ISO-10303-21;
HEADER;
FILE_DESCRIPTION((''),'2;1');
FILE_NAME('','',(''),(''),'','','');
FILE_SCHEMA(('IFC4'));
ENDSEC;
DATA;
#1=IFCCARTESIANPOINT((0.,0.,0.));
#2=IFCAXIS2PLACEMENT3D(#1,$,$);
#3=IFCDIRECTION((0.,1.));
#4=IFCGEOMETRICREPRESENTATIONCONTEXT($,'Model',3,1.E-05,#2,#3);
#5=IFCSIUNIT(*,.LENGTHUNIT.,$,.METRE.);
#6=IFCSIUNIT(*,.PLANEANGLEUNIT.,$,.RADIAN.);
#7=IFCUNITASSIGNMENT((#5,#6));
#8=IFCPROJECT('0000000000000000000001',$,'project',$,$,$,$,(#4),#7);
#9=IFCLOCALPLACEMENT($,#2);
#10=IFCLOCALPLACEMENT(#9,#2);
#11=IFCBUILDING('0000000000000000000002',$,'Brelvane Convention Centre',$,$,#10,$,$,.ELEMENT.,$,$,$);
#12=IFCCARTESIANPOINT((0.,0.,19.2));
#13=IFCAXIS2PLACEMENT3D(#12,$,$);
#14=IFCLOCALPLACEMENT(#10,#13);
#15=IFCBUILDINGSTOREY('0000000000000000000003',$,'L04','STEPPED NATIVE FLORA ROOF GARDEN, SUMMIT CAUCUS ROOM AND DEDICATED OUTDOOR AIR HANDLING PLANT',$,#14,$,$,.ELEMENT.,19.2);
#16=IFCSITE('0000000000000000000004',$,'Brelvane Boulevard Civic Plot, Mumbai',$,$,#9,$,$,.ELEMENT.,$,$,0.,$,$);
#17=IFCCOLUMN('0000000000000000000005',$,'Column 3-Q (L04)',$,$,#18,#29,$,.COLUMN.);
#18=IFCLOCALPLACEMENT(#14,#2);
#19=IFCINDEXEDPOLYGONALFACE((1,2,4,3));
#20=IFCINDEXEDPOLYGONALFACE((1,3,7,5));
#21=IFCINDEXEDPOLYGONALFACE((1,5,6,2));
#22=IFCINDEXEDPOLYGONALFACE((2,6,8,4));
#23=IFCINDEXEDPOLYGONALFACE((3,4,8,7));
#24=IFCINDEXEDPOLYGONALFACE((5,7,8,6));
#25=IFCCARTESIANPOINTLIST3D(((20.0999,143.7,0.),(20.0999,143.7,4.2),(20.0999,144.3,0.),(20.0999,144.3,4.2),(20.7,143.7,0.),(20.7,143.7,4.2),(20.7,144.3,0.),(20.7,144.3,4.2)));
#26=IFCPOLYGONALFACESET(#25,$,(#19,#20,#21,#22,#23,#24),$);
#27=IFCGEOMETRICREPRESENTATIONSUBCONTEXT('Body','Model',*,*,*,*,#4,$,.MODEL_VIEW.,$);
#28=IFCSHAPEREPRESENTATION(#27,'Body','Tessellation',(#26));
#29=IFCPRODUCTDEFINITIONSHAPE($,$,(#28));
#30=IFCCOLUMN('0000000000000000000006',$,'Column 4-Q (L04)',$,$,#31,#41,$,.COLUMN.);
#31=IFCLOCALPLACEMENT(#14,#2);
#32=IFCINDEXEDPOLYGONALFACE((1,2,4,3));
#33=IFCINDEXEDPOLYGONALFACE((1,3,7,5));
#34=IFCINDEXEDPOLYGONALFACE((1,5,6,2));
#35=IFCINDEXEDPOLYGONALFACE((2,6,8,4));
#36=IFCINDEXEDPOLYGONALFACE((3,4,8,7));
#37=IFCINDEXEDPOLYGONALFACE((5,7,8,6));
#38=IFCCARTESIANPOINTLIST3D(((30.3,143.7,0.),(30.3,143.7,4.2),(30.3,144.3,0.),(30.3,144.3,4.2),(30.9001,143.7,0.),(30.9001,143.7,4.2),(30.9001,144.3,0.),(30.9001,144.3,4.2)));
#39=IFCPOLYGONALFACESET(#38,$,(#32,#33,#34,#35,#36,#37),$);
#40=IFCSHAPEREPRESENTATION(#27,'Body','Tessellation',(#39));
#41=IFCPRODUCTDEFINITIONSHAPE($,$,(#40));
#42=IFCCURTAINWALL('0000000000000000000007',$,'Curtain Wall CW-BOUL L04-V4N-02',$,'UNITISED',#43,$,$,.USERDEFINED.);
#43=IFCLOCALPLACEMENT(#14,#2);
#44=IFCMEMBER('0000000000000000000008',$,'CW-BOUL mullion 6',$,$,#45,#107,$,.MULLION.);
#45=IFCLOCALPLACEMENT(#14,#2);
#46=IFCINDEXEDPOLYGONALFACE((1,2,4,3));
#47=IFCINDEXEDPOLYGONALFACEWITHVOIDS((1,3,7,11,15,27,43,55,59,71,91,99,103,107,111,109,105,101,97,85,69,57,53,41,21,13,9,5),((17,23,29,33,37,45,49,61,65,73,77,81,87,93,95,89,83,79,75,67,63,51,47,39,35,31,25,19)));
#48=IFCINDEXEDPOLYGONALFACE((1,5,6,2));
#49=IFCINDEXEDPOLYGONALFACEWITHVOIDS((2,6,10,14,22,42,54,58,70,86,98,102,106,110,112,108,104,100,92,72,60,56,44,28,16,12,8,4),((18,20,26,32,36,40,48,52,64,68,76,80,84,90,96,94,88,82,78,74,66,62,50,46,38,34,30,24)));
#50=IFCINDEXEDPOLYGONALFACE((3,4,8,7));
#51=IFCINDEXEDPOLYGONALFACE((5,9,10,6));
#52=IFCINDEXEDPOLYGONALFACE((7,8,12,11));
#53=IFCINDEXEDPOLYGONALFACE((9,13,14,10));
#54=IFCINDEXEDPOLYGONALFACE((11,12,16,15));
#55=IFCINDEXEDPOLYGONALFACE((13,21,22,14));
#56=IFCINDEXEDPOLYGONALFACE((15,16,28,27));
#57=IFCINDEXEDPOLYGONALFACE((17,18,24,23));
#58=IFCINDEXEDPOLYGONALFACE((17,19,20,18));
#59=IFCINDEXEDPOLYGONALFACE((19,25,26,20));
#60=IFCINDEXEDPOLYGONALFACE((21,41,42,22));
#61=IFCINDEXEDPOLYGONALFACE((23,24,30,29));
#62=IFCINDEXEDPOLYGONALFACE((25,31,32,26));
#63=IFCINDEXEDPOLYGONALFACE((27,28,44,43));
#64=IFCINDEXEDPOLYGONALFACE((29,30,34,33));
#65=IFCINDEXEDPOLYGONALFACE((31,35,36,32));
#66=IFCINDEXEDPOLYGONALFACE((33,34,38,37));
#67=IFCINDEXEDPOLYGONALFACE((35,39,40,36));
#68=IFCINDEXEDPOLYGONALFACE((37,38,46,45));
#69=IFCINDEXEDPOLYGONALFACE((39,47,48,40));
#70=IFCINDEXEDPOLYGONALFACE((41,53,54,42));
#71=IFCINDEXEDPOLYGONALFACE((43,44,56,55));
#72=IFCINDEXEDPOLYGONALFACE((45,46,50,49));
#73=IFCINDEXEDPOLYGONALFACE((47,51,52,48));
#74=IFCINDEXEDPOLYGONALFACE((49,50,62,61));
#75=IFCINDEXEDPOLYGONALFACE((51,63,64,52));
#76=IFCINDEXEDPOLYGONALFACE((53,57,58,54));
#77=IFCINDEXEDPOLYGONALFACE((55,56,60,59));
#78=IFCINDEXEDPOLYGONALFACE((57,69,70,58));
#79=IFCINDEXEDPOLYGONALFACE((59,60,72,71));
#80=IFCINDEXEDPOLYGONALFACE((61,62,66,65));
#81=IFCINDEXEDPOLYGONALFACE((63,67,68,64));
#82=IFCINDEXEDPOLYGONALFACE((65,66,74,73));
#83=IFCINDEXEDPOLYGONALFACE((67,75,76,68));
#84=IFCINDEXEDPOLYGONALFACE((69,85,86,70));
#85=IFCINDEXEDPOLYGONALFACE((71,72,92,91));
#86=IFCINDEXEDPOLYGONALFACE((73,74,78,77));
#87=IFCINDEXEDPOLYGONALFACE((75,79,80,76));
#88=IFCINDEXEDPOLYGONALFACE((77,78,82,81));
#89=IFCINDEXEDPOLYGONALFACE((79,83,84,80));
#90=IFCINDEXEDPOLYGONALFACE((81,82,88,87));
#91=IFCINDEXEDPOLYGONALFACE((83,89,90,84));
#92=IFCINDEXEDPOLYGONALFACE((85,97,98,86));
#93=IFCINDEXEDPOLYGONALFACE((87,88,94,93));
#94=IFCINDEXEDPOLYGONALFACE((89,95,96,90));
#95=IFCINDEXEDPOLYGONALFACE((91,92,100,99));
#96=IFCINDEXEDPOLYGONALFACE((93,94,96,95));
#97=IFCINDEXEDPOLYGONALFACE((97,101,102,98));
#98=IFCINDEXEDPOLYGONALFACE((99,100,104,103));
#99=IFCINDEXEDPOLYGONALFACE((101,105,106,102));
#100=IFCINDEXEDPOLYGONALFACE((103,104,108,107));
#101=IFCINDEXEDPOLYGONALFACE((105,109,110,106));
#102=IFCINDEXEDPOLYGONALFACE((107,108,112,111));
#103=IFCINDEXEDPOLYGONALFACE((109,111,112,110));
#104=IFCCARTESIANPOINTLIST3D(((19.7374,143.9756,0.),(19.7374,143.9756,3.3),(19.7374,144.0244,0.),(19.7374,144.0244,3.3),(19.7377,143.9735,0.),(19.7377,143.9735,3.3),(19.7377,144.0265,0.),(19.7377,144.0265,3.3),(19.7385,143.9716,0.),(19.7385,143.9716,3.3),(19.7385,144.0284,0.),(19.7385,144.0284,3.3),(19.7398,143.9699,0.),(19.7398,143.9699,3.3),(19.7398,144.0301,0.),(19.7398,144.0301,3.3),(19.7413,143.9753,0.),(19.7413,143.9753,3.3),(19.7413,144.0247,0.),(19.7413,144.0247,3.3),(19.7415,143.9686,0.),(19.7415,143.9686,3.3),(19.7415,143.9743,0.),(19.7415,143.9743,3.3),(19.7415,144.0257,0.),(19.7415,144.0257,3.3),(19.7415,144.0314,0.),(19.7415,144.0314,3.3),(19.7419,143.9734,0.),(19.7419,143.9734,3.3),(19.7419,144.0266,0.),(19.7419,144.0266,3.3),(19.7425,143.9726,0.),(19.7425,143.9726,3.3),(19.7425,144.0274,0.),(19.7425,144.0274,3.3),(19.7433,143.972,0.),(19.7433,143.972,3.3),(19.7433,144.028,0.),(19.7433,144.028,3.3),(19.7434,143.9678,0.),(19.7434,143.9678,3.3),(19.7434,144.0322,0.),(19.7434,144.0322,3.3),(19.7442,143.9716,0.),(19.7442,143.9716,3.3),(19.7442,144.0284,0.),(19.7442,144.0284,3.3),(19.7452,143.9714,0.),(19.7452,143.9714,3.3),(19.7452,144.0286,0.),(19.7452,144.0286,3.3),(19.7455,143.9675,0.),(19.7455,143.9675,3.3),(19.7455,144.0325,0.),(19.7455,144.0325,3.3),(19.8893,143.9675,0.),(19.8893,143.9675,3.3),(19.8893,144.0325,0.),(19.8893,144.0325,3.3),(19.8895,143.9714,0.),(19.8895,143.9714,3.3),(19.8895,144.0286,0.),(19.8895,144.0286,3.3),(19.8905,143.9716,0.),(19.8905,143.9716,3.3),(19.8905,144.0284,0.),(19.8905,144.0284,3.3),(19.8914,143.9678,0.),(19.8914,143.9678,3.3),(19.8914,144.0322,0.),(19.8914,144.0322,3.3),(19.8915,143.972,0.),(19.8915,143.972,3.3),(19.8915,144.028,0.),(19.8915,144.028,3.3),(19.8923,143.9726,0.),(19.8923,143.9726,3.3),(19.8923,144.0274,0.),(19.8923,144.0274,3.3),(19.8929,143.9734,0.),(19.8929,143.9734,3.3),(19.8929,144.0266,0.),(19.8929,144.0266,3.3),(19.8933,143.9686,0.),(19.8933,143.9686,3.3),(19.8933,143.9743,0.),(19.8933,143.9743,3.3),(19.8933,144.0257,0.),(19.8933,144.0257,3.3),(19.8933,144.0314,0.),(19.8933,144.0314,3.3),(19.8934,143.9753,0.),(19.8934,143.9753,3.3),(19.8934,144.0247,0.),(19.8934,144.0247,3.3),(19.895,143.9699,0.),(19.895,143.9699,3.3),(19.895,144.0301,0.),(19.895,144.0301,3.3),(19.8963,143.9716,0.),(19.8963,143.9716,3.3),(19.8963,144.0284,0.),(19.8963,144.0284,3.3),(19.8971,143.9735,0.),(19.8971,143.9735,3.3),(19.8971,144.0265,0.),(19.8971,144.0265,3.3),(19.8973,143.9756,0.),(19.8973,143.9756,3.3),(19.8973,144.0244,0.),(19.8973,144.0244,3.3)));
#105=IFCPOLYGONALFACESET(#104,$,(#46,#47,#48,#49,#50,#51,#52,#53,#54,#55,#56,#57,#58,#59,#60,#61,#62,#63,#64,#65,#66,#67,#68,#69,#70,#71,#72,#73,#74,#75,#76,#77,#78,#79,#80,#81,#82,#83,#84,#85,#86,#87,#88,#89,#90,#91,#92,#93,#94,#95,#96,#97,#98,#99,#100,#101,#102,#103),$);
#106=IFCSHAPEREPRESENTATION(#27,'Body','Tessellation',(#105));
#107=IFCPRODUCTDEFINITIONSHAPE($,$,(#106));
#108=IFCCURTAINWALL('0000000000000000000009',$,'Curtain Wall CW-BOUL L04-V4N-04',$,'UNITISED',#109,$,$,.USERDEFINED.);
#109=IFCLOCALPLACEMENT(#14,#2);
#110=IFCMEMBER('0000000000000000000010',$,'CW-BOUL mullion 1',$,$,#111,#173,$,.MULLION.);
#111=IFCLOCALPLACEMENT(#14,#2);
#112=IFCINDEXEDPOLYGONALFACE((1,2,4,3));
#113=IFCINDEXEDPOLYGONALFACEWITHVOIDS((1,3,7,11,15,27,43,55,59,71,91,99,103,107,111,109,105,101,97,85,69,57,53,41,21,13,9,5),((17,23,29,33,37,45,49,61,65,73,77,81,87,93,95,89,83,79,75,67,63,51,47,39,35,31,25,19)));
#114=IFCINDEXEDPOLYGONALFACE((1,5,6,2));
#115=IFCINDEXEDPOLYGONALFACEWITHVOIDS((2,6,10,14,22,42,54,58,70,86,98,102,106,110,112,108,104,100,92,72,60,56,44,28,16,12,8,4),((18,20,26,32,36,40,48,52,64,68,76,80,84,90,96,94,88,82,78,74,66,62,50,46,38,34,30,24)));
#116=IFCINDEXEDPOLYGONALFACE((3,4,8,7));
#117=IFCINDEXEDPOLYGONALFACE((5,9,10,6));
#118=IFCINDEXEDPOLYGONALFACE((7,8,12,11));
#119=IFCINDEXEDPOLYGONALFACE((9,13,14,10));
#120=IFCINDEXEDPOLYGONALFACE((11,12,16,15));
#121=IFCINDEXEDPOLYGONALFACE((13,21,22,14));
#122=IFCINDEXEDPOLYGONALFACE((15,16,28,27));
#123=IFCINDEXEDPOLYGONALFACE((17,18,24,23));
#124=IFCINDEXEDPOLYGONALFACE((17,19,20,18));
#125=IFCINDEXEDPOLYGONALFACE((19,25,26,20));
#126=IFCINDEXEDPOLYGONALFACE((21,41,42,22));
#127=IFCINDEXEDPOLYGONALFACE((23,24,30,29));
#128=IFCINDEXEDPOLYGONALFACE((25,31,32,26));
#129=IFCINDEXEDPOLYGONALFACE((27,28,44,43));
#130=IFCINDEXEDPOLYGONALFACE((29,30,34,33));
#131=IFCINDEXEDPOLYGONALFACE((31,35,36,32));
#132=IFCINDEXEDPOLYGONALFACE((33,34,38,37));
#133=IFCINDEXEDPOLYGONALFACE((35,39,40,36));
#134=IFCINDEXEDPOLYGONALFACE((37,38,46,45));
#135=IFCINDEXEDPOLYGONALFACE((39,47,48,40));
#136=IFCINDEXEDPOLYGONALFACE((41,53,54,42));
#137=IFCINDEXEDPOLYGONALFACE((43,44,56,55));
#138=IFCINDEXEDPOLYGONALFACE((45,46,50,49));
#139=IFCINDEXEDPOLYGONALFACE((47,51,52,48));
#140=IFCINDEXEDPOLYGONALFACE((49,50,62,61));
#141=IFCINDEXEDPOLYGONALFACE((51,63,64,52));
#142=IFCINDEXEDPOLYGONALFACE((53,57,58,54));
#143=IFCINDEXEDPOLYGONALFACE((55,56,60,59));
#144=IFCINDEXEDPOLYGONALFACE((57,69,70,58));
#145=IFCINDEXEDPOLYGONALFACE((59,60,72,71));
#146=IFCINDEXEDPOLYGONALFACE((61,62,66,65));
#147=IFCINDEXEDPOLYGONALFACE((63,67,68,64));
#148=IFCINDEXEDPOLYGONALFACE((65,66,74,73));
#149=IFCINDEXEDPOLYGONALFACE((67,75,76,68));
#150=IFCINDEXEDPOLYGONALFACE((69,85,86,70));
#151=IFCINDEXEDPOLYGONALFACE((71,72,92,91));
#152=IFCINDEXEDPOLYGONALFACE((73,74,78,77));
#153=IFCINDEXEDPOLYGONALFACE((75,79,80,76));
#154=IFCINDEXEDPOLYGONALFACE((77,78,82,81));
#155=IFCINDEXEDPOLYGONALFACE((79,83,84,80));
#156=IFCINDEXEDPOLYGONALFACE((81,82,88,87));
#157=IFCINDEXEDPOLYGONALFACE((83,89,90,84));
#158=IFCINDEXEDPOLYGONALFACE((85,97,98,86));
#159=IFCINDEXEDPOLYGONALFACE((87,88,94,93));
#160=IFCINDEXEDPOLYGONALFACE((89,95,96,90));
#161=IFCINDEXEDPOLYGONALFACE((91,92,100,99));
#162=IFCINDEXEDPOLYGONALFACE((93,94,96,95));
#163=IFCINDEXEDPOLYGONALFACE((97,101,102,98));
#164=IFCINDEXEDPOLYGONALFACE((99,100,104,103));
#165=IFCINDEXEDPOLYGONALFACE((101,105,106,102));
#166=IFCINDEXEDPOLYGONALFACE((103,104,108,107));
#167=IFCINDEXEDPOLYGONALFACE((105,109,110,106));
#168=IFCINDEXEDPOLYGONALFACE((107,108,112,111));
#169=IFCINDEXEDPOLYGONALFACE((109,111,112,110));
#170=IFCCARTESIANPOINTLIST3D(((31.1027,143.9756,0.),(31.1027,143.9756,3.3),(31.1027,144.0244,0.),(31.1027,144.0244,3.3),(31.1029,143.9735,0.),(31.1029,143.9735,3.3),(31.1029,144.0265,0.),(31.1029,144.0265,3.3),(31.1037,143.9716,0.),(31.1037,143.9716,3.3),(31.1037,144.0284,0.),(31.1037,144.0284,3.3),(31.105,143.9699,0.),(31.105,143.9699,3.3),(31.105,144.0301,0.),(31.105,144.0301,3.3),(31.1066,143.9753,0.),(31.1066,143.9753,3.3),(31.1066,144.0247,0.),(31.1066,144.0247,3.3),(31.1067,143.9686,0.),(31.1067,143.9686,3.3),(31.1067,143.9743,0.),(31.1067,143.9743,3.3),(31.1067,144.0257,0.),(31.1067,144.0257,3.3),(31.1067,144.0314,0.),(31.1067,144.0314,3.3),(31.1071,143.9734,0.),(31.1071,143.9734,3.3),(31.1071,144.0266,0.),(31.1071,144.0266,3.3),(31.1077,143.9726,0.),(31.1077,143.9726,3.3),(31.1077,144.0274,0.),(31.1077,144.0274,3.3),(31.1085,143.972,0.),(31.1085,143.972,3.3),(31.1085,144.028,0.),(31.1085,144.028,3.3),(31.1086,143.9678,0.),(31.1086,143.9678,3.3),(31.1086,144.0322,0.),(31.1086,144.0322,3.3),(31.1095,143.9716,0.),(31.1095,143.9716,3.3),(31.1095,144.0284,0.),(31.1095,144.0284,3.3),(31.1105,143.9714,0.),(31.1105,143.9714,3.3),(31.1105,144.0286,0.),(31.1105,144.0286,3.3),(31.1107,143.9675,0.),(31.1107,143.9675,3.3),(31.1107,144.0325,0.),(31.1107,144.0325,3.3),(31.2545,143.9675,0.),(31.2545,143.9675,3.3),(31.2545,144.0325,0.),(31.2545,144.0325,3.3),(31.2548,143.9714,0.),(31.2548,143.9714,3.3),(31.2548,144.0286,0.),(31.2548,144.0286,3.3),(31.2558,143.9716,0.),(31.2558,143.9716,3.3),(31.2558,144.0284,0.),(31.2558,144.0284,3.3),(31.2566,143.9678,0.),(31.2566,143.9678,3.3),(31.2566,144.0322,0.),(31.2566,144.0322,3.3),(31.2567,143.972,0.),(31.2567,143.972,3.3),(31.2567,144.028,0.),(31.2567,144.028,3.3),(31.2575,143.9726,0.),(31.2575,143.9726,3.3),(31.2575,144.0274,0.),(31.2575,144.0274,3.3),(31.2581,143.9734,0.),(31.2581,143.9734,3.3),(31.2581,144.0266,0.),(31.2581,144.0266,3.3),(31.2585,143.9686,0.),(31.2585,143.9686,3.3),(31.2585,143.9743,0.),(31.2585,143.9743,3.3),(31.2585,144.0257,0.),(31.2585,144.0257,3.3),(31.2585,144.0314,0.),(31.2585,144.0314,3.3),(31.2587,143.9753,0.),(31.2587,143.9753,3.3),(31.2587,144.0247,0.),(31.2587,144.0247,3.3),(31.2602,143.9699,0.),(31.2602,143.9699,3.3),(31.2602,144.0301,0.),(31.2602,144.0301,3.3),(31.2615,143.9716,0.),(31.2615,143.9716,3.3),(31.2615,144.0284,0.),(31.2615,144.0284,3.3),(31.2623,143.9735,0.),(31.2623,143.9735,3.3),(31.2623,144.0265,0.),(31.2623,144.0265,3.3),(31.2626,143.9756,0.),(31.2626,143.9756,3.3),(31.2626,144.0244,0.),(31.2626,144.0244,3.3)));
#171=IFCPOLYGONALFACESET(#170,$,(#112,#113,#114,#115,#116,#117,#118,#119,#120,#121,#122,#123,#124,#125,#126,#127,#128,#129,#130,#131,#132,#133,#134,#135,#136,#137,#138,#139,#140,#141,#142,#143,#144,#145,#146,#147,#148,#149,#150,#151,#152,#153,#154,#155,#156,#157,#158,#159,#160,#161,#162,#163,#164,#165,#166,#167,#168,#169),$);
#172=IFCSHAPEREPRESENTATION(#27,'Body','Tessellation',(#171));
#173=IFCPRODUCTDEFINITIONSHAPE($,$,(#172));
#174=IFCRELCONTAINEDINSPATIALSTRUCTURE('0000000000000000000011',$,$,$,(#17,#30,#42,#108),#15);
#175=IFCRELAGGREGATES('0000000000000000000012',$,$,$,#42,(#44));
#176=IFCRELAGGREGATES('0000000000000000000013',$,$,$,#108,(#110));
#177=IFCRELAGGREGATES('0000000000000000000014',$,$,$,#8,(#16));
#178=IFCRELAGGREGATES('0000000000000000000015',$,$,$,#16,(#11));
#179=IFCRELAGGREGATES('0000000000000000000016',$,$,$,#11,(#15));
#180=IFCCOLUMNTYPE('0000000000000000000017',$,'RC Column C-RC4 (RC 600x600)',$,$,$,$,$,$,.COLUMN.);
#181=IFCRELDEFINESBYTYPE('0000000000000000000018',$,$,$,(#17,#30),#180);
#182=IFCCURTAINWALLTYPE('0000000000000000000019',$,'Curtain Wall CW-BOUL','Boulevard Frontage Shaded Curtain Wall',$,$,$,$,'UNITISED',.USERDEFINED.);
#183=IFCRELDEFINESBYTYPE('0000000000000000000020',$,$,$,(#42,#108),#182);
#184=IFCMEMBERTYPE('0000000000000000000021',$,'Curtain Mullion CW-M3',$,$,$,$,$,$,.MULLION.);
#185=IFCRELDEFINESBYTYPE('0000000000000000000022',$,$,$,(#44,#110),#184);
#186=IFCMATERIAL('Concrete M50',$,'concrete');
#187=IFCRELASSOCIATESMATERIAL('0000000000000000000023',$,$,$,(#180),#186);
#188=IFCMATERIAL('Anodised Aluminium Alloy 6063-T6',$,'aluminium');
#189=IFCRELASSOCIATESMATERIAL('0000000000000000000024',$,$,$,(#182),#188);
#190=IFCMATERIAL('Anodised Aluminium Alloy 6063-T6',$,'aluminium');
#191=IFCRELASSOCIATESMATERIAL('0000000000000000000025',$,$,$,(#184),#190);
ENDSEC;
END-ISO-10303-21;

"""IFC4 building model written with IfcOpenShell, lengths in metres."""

from ifc_helpers import new_model, si_unit, direction, frame, origin, origin_2d, place, context, subcontext, project, spatial, rectangle, hollow_rectangle, extrude, material, material_profile, profile_set, type_object, element, aggregate, save


model = new_model("IFC4")

# Units and contexts
model_context = context("Model", 3, precision=1e-05, world=origin(), true_north=direction((0.0, 1.0)))
body_context = subcontext(model_context, "Body", "Model", "MODEL_VIEW")
ifc_project = project(units=[si_unit("LENGTHUNIT", "METRE"), si_unit("PLANEANGLEUNIT", "RADIAN")], contexts=[model_context])

# Site, building, storey
site_placement = place(None, origin())
site = spatial("IfcSite", under=ifc_project, at=site_placement, Name="Brelvane Boulevard Civic Plot, Mumbai", CompositionType="ELEMENT", RefElevation=0.0)
building_placement = place(site_placement, origin())
building = spatial("IfcBuilding", under=site, at=building_placement, Name="Brelvane Convention Centre", CompositionType="ELEMENT")
storey_placement = place(building_placement, frame((0.0, 0.0, 19.2)))
storey = spatial("IfcBuildingStorey", under=building, at=storey_placement, Name="L04", Description="STEPPED NATIVE FLORA ROOF GARDEN, SUMMIT CAUCUS ROOM AND DEDICATED OUTDOOR AIR HANDLING PLANT", CompositionType="ELEMENT", Elevation=19.2)

# Columns
ifc_material_1 = material(Name="Concrete M50", Category="concrete")
ifc_material_profile_1 = material_profile(ifc_material_1, rectangle(XDim=0.6001, YDim=0.6001, at=origin_2d()), Name="RC 600x600")
ifc_profile_set_1 = profile_set([ifc_material_profile_1], Name="Concrete M50")
column_type = type_object("IfcColumnType", Name="RC Column C-RC4 (RC 600x600)", PredefinedType="COLUMN", material=ifc_profile_set_1)
for number, where, z_axis, x_axis, name in (
    (1, (20.3999, 144.0, 0.0), (0.0, 0.0, 1.0), (1.0, 0.0, 0.0), "Column 3-Q (L04)"),
    (2, (30.6001, 144.0, 0.0), (0.0, 0.0, 1.0), (1.0, 0.0, 0.0), "Column 4-Q (L04)"),
):
    element("IfcColumn", number, at=place(storey_placement, frame(where, z_axis=z_axis, x_axis=x_axis)), inside=storey, type_object=column_type, Name=name, PredefinedType="COLUMN", context=body_context, shape_type="SweptSolid", body=[
        extrude(rectangle(XDim=0.6001, YDim=0.6001, at=origin_2d()), origin(), (0.0, 0.0, 1.0), 4.2),
    ])

# Curtain wall, member
ifc_material_2 = material(Name="Anodised Aluminium Alloy 6063-T6", Category="aluminium")
curtain_wall_type = type_object("IfcCurtainWallType", Name="Curtain Wall CW-BOUL", Description="Boulevard Frontage Shaded Curtain Wall", ElementType="UNITISED", PredefinedType="USERDEFINED", material=ifc_material_2)
curtain_wall_1_placement = place(storey_placement, origin())
curtain_wall_1 = element("IfcCurtainWall", 3, at=curtain_wall_1_placement, inside=storey, type_object=curtain_wall_type, Name="Curtain Wall CW-BOUL L04-V4N-02", ObjectType="UNITISED", PredefinedType="USERDEFINED")
ifc_material_3 = material(Name="Anodised Aluminium Alloy 6063-T6", Category="aluminium")
ifc_material_profile_2 = material_profile(ifc_material_3, hollow_rectangle(XDim=0.0649, YDim=0.1599, WallThickness=0.0039, InnerFilletRadius=0.0039, OuterFilletRadius=0.0081, at=origin_2d()), Name="ALU-M 160x65x4.0")
ifc_profile_set_2 = profile_set([ifc_material_profile_2], Name="Anodised Aluminium Alloy 6063-T6")
member_type_1 = type_object("IfcMemberType", Name="Curtain Mullion CW-M3", PredefinedType="MULLION", material=ifc_profile_set_2)
member_1_placement = place(storey_placement, frame((19.8174, 144.0, 0.0), z_axis=(0.0, 0.0, 1.0), x_axis=(0.0, 1.0, 0.0)))
member_1 = element("IfcMember", 4, at=member_1_placement, type_object=member_type_1, Name="CW-BOUL mullion 6", PredefinedType="MULLION", context=body_context, shape_type="SweptSolid", body=[
    extrude(hollow_rectangle(XDim=0.0649, YDim=0.1599, WallThickness=0.0039, InnerFilletRadius=0.0039, OuterFilletRadius=0.0081, at=origin_2d()), origin(), (0.0, 0.0, 1.0), 3.3),
])

# Curtain wall, member
curtain_wall_2_placement = place(storey_placement, origin())
curtain_wall_2 = element("IfcCurtainWall", 5, at=curtain_wall_2_placement, inside=storey, type_object=curtain_wall_type, Name="Curtain Wall CW-BOUL L04-V4N-04", ObjectType="UNITISED", PredefinedType="USERDEFINED")
member_2_placement = place(storey_placement, frame((31.1826, 144.0, 0.0), z_axis=(0.0, 0.0, 1.0), x_axis=(0.0, 1.0, 0.0)))
member_2 = element("IfcMember", 6, at=member_2_placement, type_object=member_type_1, Name="CW-BOUL mullion 1", PredefinedType="MULLION", context=body_context, shape_type="SweptSolid", body=[
    extrude(hollow_rectangle(XDim=0.0649, YDim=0.1599, WallThickness=0.0039, InnerFilletRadius=0.0039, OuterFilletRadius=0.0081, at=origin_2d()), origin(), (0.0, 0.0, 1.0), 3.3),
])

aggregate(curtain_wall_1, [member_1])
aggregate(curtain_wall_2, [member_2])

save(model, "model.ifc")
